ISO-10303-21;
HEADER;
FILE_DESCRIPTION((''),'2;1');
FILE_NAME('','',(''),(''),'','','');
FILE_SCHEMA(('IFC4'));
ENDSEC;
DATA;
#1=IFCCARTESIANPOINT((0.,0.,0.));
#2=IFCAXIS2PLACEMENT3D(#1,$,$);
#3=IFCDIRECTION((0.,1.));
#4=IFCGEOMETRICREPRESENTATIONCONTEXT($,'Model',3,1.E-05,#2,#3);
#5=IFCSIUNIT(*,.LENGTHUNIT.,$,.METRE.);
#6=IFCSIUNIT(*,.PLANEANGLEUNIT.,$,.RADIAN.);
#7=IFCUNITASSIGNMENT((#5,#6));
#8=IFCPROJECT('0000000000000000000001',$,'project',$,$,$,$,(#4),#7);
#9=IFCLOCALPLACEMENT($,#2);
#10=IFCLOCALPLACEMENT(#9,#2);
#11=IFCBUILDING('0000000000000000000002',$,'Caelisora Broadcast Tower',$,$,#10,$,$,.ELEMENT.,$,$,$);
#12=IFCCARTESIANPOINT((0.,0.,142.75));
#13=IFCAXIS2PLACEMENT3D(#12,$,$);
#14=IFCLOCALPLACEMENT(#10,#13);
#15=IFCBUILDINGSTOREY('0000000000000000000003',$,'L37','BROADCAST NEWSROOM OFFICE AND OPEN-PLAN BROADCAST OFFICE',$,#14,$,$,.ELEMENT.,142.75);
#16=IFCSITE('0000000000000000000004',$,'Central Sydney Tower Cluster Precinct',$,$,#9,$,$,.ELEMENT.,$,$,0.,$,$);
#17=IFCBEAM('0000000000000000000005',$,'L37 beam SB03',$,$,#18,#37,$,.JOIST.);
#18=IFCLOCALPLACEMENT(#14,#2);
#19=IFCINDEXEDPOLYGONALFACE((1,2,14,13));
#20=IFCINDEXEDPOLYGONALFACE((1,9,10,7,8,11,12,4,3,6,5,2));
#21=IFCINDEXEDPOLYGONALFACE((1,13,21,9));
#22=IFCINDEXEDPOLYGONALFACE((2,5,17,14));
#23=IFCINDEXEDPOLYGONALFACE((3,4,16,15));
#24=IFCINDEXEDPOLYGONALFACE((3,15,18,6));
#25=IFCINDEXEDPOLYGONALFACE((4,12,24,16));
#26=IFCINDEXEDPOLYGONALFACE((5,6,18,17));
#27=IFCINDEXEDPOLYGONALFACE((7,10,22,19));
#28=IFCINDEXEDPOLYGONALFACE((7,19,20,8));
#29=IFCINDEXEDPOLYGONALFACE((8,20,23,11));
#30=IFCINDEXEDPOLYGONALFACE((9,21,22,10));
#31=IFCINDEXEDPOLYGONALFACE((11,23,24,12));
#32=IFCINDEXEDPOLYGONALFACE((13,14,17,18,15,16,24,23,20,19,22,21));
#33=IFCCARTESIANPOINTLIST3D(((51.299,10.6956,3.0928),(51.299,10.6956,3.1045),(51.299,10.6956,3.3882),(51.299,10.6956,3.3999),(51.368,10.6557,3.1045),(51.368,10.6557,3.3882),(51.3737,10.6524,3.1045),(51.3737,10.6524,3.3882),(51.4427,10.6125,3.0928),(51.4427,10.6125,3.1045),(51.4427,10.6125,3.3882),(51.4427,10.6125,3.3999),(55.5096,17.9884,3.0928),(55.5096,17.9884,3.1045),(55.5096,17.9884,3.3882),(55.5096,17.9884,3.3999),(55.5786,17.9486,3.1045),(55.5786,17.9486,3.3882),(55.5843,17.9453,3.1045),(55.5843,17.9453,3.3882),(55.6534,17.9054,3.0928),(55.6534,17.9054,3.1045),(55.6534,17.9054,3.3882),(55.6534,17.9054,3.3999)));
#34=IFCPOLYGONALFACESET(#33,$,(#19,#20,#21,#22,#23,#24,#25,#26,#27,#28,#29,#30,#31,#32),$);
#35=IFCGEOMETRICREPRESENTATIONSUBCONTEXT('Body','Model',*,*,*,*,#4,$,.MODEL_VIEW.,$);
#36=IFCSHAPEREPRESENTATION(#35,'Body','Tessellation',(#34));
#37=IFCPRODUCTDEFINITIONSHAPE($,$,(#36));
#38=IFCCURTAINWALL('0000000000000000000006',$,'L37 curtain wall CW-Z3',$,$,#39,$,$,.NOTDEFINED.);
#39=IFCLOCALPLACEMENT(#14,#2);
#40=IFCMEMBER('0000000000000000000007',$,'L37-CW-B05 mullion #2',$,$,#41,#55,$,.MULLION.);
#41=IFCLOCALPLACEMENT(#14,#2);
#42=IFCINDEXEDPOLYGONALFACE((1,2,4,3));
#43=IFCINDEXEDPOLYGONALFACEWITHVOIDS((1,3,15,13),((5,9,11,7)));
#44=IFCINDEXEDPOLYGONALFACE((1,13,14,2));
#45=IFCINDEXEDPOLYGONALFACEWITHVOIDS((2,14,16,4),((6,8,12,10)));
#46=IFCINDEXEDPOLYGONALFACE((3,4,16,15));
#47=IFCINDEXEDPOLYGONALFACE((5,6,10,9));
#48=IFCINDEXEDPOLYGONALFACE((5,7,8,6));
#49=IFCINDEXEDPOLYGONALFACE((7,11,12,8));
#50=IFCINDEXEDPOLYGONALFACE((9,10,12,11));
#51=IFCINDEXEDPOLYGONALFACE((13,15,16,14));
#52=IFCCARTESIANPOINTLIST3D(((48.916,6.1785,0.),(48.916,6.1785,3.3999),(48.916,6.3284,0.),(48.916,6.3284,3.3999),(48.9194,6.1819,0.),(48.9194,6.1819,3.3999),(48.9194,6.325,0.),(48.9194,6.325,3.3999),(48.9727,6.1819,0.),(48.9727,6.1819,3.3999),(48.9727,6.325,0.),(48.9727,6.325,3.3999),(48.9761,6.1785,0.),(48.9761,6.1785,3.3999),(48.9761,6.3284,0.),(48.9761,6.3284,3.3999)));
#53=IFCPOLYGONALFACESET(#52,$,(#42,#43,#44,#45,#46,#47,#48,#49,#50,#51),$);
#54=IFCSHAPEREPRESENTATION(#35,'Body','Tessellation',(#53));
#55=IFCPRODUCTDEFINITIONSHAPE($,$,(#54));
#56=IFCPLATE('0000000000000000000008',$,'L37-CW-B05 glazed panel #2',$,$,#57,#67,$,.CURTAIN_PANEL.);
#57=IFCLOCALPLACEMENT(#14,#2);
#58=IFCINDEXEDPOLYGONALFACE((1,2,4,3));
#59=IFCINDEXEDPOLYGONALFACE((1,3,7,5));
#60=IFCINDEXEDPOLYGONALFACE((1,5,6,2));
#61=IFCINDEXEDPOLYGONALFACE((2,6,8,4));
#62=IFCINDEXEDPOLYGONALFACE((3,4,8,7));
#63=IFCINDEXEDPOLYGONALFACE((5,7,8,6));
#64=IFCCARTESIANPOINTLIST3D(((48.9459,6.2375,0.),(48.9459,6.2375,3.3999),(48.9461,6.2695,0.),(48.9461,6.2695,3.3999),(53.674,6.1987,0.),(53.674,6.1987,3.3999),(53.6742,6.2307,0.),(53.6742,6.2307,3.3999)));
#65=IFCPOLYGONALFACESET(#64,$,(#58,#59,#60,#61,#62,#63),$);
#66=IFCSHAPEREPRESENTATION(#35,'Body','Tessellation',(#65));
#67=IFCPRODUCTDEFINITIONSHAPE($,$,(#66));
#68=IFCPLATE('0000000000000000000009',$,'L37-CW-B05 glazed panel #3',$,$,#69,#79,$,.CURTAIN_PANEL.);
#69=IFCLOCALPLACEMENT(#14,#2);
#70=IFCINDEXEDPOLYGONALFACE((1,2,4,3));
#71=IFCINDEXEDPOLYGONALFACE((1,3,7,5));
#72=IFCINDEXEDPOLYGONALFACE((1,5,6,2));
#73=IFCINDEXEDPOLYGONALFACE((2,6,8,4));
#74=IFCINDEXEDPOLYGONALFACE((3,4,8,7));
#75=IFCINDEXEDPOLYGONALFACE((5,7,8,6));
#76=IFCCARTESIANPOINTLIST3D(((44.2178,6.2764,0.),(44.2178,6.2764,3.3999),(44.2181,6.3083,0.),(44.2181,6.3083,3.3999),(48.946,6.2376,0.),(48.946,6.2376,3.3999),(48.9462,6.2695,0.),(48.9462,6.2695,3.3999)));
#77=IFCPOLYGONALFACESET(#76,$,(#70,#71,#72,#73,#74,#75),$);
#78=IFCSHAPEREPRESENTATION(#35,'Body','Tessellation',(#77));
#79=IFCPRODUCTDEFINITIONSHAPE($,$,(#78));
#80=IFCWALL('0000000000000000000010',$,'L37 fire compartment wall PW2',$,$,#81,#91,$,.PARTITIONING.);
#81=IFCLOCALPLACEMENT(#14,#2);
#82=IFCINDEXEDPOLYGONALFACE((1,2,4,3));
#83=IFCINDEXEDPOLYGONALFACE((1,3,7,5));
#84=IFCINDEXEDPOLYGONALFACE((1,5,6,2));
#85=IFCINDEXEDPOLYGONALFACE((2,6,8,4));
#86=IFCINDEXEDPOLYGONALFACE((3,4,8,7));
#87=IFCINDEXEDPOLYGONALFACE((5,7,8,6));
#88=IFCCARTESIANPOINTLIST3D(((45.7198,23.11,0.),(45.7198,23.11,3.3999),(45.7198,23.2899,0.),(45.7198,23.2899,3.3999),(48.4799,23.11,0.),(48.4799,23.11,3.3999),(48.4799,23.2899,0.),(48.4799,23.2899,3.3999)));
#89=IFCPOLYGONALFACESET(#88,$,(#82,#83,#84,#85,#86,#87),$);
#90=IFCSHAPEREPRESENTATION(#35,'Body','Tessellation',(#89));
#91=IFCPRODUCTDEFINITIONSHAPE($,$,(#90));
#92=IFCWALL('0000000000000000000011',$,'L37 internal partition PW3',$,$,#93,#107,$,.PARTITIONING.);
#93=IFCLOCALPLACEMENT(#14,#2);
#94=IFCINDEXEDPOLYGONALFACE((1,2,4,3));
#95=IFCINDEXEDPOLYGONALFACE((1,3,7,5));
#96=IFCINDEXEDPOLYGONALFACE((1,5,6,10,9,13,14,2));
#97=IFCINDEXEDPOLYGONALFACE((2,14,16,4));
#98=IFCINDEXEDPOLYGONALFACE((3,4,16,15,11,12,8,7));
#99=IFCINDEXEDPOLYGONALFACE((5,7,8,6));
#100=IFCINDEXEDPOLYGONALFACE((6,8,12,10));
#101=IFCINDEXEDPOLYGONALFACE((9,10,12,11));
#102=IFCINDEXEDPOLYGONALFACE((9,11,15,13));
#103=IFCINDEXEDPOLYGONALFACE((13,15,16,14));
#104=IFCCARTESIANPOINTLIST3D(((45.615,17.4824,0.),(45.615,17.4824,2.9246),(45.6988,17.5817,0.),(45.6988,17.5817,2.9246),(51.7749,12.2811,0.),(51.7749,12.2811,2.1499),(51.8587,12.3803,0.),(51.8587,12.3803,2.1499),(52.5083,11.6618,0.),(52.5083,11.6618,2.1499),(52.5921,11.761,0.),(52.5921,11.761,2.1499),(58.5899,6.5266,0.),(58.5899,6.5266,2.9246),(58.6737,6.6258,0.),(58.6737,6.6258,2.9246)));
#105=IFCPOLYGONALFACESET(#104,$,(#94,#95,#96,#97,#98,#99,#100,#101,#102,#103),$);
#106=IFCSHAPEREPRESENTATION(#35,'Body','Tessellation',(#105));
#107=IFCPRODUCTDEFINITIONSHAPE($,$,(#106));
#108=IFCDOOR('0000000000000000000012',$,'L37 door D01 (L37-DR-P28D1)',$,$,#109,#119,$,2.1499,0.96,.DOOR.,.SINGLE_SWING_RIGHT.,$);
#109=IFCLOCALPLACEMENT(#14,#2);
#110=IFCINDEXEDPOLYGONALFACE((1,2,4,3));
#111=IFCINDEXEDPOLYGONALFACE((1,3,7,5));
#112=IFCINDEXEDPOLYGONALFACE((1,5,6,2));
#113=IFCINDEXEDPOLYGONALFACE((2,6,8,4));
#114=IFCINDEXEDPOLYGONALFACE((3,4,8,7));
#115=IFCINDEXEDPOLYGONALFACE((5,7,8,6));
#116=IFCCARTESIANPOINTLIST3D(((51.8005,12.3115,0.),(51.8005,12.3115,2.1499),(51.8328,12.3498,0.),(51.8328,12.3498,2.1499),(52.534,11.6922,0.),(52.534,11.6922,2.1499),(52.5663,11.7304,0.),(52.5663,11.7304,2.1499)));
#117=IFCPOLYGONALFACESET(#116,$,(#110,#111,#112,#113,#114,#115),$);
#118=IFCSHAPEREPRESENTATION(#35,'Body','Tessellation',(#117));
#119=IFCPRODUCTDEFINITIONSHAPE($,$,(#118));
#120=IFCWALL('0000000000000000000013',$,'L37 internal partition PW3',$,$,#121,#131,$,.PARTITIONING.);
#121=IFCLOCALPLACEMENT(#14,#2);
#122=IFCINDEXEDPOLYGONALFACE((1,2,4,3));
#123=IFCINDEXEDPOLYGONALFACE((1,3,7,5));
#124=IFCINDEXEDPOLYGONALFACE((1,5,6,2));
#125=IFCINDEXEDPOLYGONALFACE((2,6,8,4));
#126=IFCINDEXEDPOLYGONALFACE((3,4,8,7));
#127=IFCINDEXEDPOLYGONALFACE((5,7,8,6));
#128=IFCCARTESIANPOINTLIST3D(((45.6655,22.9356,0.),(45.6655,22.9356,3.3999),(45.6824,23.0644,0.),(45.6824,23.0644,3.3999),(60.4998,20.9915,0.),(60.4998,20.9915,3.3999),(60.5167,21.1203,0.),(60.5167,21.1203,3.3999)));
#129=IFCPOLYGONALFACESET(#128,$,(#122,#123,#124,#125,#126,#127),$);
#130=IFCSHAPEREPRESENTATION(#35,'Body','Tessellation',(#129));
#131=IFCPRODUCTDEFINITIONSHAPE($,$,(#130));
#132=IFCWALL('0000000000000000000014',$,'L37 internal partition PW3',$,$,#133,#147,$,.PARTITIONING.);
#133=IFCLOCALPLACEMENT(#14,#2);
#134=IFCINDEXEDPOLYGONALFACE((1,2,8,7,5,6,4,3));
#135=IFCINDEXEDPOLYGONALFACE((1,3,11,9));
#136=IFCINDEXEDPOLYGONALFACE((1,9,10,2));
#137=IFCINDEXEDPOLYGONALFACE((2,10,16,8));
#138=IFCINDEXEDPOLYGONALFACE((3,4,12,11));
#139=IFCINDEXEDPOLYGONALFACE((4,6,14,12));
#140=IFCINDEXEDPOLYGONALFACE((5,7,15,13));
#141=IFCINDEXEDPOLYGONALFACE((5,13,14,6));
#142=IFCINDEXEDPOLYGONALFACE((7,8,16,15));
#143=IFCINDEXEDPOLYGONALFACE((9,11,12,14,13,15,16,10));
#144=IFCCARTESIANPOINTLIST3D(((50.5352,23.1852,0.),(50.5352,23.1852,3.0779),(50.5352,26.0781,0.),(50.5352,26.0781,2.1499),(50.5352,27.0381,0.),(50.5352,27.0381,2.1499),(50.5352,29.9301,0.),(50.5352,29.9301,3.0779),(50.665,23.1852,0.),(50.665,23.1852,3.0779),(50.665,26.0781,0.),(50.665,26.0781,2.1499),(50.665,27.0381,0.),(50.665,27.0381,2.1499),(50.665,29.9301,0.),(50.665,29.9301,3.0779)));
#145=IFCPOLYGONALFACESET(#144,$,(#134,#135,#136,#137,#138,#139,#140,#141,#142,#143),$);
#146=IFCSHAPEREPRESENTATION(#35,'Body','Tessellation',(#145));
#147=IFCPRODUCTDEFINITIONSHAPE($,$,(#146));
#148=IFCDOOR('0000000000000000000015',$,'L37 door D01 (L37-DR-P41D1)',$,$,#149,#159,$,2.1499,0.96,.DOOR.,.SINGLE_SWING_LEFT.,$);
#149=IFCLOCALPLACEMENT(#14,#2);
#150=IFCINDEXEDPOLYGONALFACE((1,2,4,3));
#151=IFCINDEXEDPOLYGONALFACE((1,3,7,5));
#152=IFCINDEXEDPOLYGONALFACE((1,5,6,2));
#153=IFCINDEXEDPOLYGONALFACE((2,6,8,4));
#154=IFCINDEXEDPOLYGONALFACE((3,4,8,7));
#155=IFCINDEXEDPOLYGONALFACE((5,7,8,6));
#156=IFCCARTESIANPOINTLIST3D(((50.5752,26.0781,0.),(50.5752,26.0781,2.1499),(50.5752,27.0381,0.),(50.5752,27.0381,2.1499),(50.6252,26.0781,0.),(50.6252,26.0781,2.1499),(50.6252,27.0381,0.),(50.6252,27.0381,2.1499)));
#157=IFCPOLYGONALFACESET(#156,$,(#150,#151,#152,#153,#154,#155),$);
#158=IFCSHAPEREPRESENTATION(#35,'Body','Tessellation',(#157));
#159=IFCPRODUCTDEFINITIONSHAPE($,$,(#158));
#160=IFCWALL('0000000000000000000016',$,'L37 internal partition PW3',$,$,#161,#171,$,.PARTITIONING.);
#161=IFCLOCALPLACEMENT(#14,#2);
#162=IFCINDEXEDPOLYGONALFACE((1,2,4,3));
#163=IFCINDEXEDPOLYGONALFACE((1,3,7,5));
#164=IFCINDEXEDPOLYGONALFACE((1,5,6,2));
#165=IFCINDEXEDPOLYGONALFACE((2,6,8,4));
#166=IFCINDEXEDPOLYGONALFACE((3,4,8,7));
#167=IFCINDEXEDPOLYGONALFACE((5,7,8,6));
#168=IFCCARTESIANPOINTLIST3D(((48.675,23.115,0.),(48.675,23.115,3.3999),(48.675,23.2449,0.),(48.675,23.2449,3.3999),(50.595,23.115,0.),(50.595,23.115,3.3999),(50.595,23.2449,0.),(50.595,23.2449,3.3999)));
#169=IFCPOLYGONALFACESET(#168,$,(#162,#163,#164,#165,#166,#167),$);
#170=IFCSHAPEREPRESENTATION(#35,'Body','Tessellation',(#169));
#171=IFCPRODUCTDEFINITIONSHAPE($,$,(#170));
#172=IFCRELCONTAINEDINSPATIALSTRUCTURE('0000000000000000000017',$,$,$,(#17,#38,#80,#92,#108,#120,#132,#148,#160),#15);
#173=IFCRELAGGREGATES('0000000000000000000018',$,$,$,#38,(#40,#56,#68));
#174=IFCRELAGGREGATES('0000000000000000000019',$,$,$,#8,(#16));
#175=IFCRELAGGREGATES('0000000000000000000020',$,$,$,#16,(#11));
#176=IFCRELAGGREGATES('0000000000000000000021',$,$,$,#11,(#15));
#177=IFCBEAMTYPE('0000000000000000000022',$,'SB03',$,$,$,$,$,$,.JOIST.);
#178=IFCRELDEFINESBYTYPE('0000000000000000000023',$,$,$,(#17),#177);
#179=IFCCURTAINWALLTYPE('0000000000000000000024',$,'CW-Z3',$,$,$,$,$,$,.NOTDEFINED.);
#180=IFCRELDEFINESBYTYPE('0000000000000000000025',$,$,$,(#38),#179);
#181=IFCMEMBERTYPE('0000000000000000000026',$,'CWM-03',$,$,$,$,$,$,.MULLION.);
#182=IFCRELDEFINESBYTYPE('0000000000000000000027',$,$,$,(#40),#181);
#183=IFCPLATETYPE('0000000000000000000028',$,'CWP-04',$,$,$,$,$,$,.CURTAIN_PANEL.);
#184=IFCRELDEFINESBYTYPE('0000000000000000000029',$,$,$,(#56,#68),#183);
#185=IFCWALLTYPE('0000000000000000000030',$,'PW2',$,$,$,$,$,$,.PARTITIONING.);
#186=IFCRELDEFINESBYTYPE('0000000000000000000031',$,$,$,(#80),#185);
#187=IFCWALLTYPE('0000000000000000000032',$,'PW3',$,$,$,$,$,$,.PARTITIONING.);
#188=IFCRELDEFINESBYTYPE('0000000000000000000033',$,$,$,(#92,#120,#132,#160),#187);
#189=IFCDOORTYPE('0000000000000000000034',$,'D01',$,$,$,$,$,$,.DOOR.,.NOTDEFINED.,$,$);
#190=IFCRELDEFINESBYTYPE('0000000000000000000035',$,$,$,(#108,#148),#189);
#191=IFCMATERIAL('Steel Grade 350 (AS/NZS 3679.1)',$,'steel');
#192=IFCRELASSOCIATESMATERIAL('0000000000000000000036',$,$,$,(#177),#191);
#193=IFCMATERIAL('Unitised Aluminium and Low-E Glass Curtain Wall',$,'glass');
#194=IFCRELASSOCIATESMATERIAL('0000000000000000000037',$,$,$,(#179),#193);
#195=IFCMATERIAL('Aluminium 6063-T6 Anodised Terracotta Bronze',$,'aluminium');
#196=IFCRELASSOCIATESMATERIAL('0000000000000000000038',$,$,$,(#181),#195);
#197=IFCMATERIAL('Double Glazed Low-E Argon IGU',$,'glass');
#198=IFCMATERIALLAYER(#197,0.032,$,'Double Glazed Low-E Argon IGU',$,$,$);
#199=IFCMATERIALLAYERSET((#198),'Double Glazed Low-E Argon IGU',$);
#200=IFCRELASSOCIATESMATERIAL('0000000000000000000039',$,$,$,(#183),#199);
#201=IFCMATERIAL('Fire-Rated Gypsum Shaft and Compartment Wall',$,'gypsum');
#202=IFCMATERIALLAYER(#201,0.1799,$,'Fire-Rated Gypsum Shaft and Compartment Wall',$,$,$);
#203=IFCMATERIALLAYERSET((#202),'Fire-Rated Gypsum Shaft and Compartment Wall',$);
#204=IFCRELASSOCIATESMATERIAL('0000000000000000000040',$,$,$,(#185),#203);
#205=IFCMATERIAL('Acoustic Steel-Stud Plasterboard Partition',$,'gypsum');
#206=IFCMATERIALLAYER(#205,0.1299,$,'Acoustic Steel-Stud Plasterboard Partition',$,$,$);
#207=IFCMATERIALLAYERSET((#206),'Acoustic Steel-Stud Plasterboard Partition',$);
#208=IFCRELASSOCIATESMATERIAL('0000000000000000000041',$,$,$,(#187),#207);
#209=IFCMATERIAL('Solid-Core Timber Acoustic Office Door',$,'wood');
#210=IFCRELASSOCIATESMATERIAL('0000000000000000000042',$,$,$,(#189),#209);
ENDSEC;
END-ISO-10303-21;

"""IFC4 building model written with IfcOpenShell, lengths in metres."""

from ifc_helpers import new_model, si_unit, direction, frame, frame_2d, origin, origin_2d, place, context, subcontext, project, spatial, rectangle, hollow_rectangle, i_section, extrude, source, transform, mapped, material, layer, layer_set, material_profile, profile_set, type_object, type_shapes, element, fill, aggregate, save


model = new_model("IFC4")

# Units and contexts
model_context = context("Model", 3, precision=1e-05, world=origin(), true_north=direction((0.0, 1.0)))
body_context = subcontext(model_context, "Body", "Model", "MODEL_VIEW")
ifc_project = project(units=[si_unit("LENGTHUNIT", "METRE"), si_unit("PLANEANGLEUNIT", "RADIAN")], contexts=[model_context])

# Site, building, storey
site_placement = place(None, origin())
site = spatial("IfcSite", under=ifc_project, at=site_placement, Name="Central Sydney Tower Cluster Precinct", CompositionType="ELEMENT", RefElevation=0.0)
building_placement = place(site_placement, origin())
building = spatial("IfcBuilding", under=site, at=building_placement, Name="Caelisora Broadcast Tower", CompositionType="ELEMENT")
storey_placement = place(building_placement, frame((0.0, 0.0, 142.75)))
storey = spatial("IfcBuildingStorey", under=building, at=storey_placement, Name="L37", Description="BROADCAST NEWSROOM OFFICE AND OPEN-PLAN BROADCAST OFFICE", CompositionType="ELEMENT", Elevation=142.75)

# Beam
ifc_material_1 = material(Name="Steel Grade 350 (AS/NZS 3679.1)", Category="steel")
ifc_material_profile_1 = material_profile(ifc_material_1, i_section(OverallWidth=0.166, OverallDepth=0.3071, WebThickness=0.0066, FlangeThickness=0.0117, at=origin_2d()), Name="Steel Grade 350 (AS/NZS 3679.1)")
ifc_profile_set_1 = profile_set([ifc_material_profile_1], Name="Steel Grade 350 (AS/NZS 3679.1)")
beam_type_1 = type_object("IfcBeamType", Name="SB03", PredefinedType="JOIST", material=ifc_profile_set_1)
shared_shape_1 = source(origin(), body_context, "Body", "SweptSolid", [
    extrude(i_section(OverallWidth=0.166, OverallDepth=0.3071, WebThickness=0.0066, FlangeThickness=0.0117, at=origin_2d()), origin(), (0.0, 0.0, 1.0), 8.4211),
])
beam_1_placement = place(storey_placement, frame((51.3708, 10.6541, 3.2463), z_axis=(0.500009, 0.86602, 0.0), x_axis=(-0.86602, 0.500009, 0.0)))
element("IfcBeam", 1, at=beam_1_placement, inside=storey, type_object=beam_type_1, Name="L37 beam SB03", PredefinedType="JOIST", context=body_context, shape_type="MappedRepresentation", body=[
    mapped(shared_shape_1, transform((0.0, 0.0, 0.0), scale=1.0)),
])

# Curtain wall, member, plates
ifc_material_2 = material(Name="Unitised Aluminium and Low-E Glass Curtain Wall", Category="glass")
curtain_wall_type = type_object("IfcCurtainWallType", Name="CW-Z3", PredefinedType="NOTDEFINED", material=ifc_material_2)
curtain_wall_placement = place(storey_placement, origin())
curtain_wall = element("IfcCurtainWall", 2, at=curtain_wall_placement, inside=storey, type_object=curtain_wall_type, Name="L37 curtain wall CW-Z3", PredefinedType="NOTDEFINED")
ifc_material_3 = material(Name="Aluminium 6063-T6 Anodised Terracotta Bronze", Category="aluminium")
ifc_material_profile_2 = material_profile(ifc_material_3, hollow_rectangle(XDim=0.0601, YDim=0.1499, WallThickness=0.0034, at=origin_2d()), Name="Aluminium 6063-T6 Anodised Terracotta Bronze")
ifc_profile_set_2 = profile_set([ifc_material_profile_2], Name="Aluminium 6063-T6 Anodised Terracotta Bronze")
member_type = type_object("IfcMemberType", Name="CWM-03", PredefinedType="MULLION", material=ifc_profile_set_2)
shared_shape_2 = source(origin(), body_context, "Body", "SweptSolid", [
    extrude(hollow_rectangle(XDim=0.0601, YDim=0.1499, WallThickness=0.0034, at=origin_2d()), origin(), (0.0, 0.0, 1.0), 3.3999),
])
type_shapes(member_type, [shared_shape_2])
member_placement = place(storey_placement, frame((48.946, 6.2534, 0.0), z_axis=(0.0, 0.0, 1.0), x_axis=(1.0, 0.0, 0.0)))
member = element("IfcMember", 3, at=member_placement, type_object=member_type, Name="L37-CW-B05 mullion #2", PredefinedType="MULLION", context=body_context, shape_type="MappedRepresentation", body=[
    mapped(shared_shape_2, transform((0.0, 0.0, 0.0), scale=1.0)),
])
ifc_material_4 = material(Name="Double Glazed Low-E Argon IGU", Category="glass")
ifc_layer_1 = layer(ifc_material_4, 0.032, Name="Double Glazed Low-E Argon IGU")
ifc_layer_set_1 = layer_set([ifc_layer_1], Name="Double Glazed Low-E Argon IGU")
plate_type = type_object("IfcPlateType", Name="CWP-04", PredefinedType="CURTAIN_PANEL", material=ifc_layer_set_1)
shared_shape_3 = source(origin(), body_context, "Body", "SweptSolid", [
    extrude(rectangle(XDim=4.7283, YDim=0.032, at=origin_2d()), origin(), (0.0, 0.0, 1.0), 3.3999),
])
type_shapes(plate_type, [shared_shape_3])
plate_1_placement = place(storey_placement, frame((51.3101, 6.2341, 0.0), z_axis=(0.0, 0.0, 1.0), x_axis=(-0.999966, 0.008203, 0.0)))
plate_1 = element("IfcPlate", 4, at=plate_1_placement, type_object=plate_type, Name="L37-CW-B05 glazed panel #2", PredefinedType="CURTAIN_PANEL", context=body_context, shape_type="MappedRepresentation", body=[
    mapped(shared_shape_3, transform((0.0, 0.0, 0.0), scale=1.0)),
])
plate_2_placement = place(storey_placement, frame((46.582, 6.2729, 0.0), z_axis=(0.0, 0.0, 1.0), x_axis=(-0.999966, 0.008203, 0.0)))
plate_2 = element("IfcPlate", 5, at=plate_2_placement, type_object=plate_type, Name="L37-CW-B05 glazed panel #3", PredefinedType="CURTAIN_PANEL", context=body_context, shape_type="MappedRepresentation", body=[
    mapped(shared_shape_3, transform((0.0, 0.0, 0.0), scale=1.0)),
])
aggregate(curtain_wall, [member, plate_1, plate_2])

# Wall
ifc_material_5 = material(Name="Fire-Rated Gypsum Shaft and Compartment Wall", Category="gypsum")
ifc_layer_2 = layer(ifc_material_5, 0.1799, Name="Fire-Rated Gypsum Shaft and Compartment Wall")
ifc_layer_set_2 = layer_set([ifc_layer_2], Name="Fire-Rated Gypsum Shaft and Compartment Wall")
wall_type_1 = type_object("IfcWallType", Name="PW2", PredefinedType="PARTITIONING", material=ifc_layer_set_2)
wall_1_placement = place(storey_placement, frame((45.72, 23.2, 0.0), z_axis=(0.0, 0.0, 1.0), x_axis=(1.0, 0.0, 0.0)))
element("IfcWall", 6, at=wall_1_placement, inside=storey, type_object=wall_type_1, Name="L37 fire compartment wall PW2", PredefinedType="PARTITIONING", context=body_context, shape_type="SweptSolid", body=[
    extrude(rectangle(XDim=2.76, YDim=0.1799, at=frame_2d((1.3799, 0.0))), origin(), (0.0, 0.0, 1.0), 3.3999),
])

# Wall, opening, door
ifc_material_6 = material(Name="Acoustic Steel-Stud Plasterboard Partition", Category="gypsum")
ifc_layer_3 = layer(ifc_material_6, 0.1299, Name="Acoustic Steel-Stud Plasterboard Partition")
ifc_layer_set_3 = layer_set([ifc_layer_3], Name="Acoustic Steel-Stud Plasterboard Partition")
wall_type_2 = type_object("IfcWallType", Name="PW3", PredefinedType="PARTITIONING", material=ifc_layer_set_3)
wall_2_placement = place(storey_placement, frame((45.657, 17.532, 0.0), z_axis=(0.0, 0.0, 1.0), x_axis=(0.764051, -0.645156, 0.0)))
wall_2 = element("IfcWall", 7, at=wall_2_placement, inside=storey, type_object=wall_type_2, Name="L37 internal partition PW3", PredefinedType="PARTITIONING", context=body_context, shape_type="SweptSolid", body=[
    extrude(rectangle(XDim=16.9817, YDim=0.1299, at=frame_2d((8.4907, 0.0))), origin(), (0.0, 0.0, 1.0), 2.9246),
])
opening_1_placement = place(wall_2_placement, frame((8.062, 0.0, 0.0)))
opening_1 = element("IfcOpeningElement", 8, at=opening_1_placement, cuts=wall_2, PredefinedType="OPENING", context=body_context, shape_type="SweptSolid", body=[
    extrude(rectangle(XDim=0.96, YDim=2.1499, at=frame_2d((0.48, 1.075))), frame((0.0, 0.0769, 0.0), z_axis=(0.0, -1.0, 0.0), x_axis=(1.0, 0.0, 0.0)), (0.0, 0.0, 1.0), 0.1538),
])
ifc_material_7 = material(Name="Solid-Core Timber Acoustic Office Door", Category="wood")
door_type_1 = type_object("IfcDoorType", Name="D01", OperationType="NOTDEFINED", PredefinedType="DOOR", material=ifc_material_7)
door_1_placement = place(opening_1_placement, origin())
door_1 = element("IfcDoor", 9, at=door_1_placement, inside=storey, type_object=door_type_1, Name="L37 door D01 (L37-DR-P28D1)", OperationType="SINGLE_SWING_RIGHT", OverallHeight=2.1499, OverallWidth=0.96, PredefinedType="DOOR", context=body_context, shape_type="SweptSolid", body=[
    extrude(rectangle(XDim=0.96, YDim=2.1499, at=frame_2d((0.48, 1.075))), frame((0.0, 0.0249, 0.0), z_axis=(0.0, -1.0, 0.0), x_axis=(1.0, 0.0, 0.0)), (0.0, 0.0, 1.0), 0.05),
])
fill(opening_1, door_1)

# Wall
wall_3_placement = place(storey_placement, frame((45.6741, 23.0, 0.0), z_axis=(0.0, 0.0, 1.0), x_axis=(0.991521, -0.129943, 0.0)))
element("IfcWall", 10, at=wall_3_placement, inside=storey, type_object=wall_type_2, Name="L37 internal partition PW3", PredefinedType="PARTITIONING", context=body_context, shape_type="SweptSolid", body=[
    extrude(rectangle(XDim=14.9612, YDim=0.1299, at=frame_2d((7.4805, 0.0))), origin(), (0.0, 0.0, 1.0), 3.3999),
])

# Wall, opening, door
wall_4_placement = place(storey_placement, frame((50.6001, 23.1851, 0.0), z_axis=(0.0, 0.0, 1.0), x_axis=(0.0, 1.0, 0.0)))
wall_4 = element("IfcWall", 11, at=wall_4_placement, inside=storey, type_object=wall_type_2, Name="L37 internal partition PW3", PredefinedType="PARTITIONING", context=body_context, shape_type="SweptSolid", body=[
    extrude(rectangle(XDim=6.7449, YDim=0.1299, at=frame_2d((3.3726, 0.0))), origin(), (0.0, 0.0, 1.0), 3.0779),
])
opening_2_placement = place(wall_4_placement, frame((2.8931, 0.0, 0.0)))
opening_2 = element("IfcOpeningElement", 12, at=opening_2_placement, cuts=wall_4, PredefinedType="OPENING", context=body_context, shape_type="SweptSolid", body=[
    extrude(rectangle(XDim=0.96, YDim=2.1499, at=frame_2d((0.48, 1.075))), frame((0.0, 0.0769, 0.0), z_axis=(0.0, -1.0, 0.0), x_axis=(1.0, 0.0, 0.0)), (0.0, 0.0, 1.0), 0.1538),
])
door_2_placement = place(opening_2_placement, origin())
door_2 = element("IfcDoor", 13, at=door_2_placement, inside=storey, type_object=door_type_1, Name="L37 door D01 (L37-DR-P41D1)", OperationType="SINGLE_SWING_LEFT", OverallHeight=2.1499, OverallWidth=0.96, PredefinedType="DOOR", context=body_context, shape_type="SweptSolid", body=[
    extrude(rectangle(XDim=0.96, YDim=2.1499, at=frame_2d((0.48, 1.075))), frame((0.0, 0.0249, 0.0), z_axis=(0.0, -1.0, 0.0), x_axis=(1.0, 0.0, 0.0)), (0.0, 0.0, 1.0), 0.05),
])
fill(opening_2, door_2)

# Wall
wall_5_placement = place(storey_placement, frame((48.675, 23.1799, 0.0), z_axis=(0.0, 0.0, 1.0), x_axis=(1.0, 0.0, 0.0)))
element("IfcWall", 14, at=wall_5_placement, inside=storey, type_object=wall_type_2, Name="L37 internal partition PW3", PredefinedType="PARTITIONING", context=body_context, shape_type="SweptSolid", body=[
    extrude(rectangle(XDim=1.9199, YDim=0.1299, at=frame_2d((0.96, 0.0))), origin(), (0.0, 0.0, 1.0), 3.3999),
])

save(model, "model.ifc")
